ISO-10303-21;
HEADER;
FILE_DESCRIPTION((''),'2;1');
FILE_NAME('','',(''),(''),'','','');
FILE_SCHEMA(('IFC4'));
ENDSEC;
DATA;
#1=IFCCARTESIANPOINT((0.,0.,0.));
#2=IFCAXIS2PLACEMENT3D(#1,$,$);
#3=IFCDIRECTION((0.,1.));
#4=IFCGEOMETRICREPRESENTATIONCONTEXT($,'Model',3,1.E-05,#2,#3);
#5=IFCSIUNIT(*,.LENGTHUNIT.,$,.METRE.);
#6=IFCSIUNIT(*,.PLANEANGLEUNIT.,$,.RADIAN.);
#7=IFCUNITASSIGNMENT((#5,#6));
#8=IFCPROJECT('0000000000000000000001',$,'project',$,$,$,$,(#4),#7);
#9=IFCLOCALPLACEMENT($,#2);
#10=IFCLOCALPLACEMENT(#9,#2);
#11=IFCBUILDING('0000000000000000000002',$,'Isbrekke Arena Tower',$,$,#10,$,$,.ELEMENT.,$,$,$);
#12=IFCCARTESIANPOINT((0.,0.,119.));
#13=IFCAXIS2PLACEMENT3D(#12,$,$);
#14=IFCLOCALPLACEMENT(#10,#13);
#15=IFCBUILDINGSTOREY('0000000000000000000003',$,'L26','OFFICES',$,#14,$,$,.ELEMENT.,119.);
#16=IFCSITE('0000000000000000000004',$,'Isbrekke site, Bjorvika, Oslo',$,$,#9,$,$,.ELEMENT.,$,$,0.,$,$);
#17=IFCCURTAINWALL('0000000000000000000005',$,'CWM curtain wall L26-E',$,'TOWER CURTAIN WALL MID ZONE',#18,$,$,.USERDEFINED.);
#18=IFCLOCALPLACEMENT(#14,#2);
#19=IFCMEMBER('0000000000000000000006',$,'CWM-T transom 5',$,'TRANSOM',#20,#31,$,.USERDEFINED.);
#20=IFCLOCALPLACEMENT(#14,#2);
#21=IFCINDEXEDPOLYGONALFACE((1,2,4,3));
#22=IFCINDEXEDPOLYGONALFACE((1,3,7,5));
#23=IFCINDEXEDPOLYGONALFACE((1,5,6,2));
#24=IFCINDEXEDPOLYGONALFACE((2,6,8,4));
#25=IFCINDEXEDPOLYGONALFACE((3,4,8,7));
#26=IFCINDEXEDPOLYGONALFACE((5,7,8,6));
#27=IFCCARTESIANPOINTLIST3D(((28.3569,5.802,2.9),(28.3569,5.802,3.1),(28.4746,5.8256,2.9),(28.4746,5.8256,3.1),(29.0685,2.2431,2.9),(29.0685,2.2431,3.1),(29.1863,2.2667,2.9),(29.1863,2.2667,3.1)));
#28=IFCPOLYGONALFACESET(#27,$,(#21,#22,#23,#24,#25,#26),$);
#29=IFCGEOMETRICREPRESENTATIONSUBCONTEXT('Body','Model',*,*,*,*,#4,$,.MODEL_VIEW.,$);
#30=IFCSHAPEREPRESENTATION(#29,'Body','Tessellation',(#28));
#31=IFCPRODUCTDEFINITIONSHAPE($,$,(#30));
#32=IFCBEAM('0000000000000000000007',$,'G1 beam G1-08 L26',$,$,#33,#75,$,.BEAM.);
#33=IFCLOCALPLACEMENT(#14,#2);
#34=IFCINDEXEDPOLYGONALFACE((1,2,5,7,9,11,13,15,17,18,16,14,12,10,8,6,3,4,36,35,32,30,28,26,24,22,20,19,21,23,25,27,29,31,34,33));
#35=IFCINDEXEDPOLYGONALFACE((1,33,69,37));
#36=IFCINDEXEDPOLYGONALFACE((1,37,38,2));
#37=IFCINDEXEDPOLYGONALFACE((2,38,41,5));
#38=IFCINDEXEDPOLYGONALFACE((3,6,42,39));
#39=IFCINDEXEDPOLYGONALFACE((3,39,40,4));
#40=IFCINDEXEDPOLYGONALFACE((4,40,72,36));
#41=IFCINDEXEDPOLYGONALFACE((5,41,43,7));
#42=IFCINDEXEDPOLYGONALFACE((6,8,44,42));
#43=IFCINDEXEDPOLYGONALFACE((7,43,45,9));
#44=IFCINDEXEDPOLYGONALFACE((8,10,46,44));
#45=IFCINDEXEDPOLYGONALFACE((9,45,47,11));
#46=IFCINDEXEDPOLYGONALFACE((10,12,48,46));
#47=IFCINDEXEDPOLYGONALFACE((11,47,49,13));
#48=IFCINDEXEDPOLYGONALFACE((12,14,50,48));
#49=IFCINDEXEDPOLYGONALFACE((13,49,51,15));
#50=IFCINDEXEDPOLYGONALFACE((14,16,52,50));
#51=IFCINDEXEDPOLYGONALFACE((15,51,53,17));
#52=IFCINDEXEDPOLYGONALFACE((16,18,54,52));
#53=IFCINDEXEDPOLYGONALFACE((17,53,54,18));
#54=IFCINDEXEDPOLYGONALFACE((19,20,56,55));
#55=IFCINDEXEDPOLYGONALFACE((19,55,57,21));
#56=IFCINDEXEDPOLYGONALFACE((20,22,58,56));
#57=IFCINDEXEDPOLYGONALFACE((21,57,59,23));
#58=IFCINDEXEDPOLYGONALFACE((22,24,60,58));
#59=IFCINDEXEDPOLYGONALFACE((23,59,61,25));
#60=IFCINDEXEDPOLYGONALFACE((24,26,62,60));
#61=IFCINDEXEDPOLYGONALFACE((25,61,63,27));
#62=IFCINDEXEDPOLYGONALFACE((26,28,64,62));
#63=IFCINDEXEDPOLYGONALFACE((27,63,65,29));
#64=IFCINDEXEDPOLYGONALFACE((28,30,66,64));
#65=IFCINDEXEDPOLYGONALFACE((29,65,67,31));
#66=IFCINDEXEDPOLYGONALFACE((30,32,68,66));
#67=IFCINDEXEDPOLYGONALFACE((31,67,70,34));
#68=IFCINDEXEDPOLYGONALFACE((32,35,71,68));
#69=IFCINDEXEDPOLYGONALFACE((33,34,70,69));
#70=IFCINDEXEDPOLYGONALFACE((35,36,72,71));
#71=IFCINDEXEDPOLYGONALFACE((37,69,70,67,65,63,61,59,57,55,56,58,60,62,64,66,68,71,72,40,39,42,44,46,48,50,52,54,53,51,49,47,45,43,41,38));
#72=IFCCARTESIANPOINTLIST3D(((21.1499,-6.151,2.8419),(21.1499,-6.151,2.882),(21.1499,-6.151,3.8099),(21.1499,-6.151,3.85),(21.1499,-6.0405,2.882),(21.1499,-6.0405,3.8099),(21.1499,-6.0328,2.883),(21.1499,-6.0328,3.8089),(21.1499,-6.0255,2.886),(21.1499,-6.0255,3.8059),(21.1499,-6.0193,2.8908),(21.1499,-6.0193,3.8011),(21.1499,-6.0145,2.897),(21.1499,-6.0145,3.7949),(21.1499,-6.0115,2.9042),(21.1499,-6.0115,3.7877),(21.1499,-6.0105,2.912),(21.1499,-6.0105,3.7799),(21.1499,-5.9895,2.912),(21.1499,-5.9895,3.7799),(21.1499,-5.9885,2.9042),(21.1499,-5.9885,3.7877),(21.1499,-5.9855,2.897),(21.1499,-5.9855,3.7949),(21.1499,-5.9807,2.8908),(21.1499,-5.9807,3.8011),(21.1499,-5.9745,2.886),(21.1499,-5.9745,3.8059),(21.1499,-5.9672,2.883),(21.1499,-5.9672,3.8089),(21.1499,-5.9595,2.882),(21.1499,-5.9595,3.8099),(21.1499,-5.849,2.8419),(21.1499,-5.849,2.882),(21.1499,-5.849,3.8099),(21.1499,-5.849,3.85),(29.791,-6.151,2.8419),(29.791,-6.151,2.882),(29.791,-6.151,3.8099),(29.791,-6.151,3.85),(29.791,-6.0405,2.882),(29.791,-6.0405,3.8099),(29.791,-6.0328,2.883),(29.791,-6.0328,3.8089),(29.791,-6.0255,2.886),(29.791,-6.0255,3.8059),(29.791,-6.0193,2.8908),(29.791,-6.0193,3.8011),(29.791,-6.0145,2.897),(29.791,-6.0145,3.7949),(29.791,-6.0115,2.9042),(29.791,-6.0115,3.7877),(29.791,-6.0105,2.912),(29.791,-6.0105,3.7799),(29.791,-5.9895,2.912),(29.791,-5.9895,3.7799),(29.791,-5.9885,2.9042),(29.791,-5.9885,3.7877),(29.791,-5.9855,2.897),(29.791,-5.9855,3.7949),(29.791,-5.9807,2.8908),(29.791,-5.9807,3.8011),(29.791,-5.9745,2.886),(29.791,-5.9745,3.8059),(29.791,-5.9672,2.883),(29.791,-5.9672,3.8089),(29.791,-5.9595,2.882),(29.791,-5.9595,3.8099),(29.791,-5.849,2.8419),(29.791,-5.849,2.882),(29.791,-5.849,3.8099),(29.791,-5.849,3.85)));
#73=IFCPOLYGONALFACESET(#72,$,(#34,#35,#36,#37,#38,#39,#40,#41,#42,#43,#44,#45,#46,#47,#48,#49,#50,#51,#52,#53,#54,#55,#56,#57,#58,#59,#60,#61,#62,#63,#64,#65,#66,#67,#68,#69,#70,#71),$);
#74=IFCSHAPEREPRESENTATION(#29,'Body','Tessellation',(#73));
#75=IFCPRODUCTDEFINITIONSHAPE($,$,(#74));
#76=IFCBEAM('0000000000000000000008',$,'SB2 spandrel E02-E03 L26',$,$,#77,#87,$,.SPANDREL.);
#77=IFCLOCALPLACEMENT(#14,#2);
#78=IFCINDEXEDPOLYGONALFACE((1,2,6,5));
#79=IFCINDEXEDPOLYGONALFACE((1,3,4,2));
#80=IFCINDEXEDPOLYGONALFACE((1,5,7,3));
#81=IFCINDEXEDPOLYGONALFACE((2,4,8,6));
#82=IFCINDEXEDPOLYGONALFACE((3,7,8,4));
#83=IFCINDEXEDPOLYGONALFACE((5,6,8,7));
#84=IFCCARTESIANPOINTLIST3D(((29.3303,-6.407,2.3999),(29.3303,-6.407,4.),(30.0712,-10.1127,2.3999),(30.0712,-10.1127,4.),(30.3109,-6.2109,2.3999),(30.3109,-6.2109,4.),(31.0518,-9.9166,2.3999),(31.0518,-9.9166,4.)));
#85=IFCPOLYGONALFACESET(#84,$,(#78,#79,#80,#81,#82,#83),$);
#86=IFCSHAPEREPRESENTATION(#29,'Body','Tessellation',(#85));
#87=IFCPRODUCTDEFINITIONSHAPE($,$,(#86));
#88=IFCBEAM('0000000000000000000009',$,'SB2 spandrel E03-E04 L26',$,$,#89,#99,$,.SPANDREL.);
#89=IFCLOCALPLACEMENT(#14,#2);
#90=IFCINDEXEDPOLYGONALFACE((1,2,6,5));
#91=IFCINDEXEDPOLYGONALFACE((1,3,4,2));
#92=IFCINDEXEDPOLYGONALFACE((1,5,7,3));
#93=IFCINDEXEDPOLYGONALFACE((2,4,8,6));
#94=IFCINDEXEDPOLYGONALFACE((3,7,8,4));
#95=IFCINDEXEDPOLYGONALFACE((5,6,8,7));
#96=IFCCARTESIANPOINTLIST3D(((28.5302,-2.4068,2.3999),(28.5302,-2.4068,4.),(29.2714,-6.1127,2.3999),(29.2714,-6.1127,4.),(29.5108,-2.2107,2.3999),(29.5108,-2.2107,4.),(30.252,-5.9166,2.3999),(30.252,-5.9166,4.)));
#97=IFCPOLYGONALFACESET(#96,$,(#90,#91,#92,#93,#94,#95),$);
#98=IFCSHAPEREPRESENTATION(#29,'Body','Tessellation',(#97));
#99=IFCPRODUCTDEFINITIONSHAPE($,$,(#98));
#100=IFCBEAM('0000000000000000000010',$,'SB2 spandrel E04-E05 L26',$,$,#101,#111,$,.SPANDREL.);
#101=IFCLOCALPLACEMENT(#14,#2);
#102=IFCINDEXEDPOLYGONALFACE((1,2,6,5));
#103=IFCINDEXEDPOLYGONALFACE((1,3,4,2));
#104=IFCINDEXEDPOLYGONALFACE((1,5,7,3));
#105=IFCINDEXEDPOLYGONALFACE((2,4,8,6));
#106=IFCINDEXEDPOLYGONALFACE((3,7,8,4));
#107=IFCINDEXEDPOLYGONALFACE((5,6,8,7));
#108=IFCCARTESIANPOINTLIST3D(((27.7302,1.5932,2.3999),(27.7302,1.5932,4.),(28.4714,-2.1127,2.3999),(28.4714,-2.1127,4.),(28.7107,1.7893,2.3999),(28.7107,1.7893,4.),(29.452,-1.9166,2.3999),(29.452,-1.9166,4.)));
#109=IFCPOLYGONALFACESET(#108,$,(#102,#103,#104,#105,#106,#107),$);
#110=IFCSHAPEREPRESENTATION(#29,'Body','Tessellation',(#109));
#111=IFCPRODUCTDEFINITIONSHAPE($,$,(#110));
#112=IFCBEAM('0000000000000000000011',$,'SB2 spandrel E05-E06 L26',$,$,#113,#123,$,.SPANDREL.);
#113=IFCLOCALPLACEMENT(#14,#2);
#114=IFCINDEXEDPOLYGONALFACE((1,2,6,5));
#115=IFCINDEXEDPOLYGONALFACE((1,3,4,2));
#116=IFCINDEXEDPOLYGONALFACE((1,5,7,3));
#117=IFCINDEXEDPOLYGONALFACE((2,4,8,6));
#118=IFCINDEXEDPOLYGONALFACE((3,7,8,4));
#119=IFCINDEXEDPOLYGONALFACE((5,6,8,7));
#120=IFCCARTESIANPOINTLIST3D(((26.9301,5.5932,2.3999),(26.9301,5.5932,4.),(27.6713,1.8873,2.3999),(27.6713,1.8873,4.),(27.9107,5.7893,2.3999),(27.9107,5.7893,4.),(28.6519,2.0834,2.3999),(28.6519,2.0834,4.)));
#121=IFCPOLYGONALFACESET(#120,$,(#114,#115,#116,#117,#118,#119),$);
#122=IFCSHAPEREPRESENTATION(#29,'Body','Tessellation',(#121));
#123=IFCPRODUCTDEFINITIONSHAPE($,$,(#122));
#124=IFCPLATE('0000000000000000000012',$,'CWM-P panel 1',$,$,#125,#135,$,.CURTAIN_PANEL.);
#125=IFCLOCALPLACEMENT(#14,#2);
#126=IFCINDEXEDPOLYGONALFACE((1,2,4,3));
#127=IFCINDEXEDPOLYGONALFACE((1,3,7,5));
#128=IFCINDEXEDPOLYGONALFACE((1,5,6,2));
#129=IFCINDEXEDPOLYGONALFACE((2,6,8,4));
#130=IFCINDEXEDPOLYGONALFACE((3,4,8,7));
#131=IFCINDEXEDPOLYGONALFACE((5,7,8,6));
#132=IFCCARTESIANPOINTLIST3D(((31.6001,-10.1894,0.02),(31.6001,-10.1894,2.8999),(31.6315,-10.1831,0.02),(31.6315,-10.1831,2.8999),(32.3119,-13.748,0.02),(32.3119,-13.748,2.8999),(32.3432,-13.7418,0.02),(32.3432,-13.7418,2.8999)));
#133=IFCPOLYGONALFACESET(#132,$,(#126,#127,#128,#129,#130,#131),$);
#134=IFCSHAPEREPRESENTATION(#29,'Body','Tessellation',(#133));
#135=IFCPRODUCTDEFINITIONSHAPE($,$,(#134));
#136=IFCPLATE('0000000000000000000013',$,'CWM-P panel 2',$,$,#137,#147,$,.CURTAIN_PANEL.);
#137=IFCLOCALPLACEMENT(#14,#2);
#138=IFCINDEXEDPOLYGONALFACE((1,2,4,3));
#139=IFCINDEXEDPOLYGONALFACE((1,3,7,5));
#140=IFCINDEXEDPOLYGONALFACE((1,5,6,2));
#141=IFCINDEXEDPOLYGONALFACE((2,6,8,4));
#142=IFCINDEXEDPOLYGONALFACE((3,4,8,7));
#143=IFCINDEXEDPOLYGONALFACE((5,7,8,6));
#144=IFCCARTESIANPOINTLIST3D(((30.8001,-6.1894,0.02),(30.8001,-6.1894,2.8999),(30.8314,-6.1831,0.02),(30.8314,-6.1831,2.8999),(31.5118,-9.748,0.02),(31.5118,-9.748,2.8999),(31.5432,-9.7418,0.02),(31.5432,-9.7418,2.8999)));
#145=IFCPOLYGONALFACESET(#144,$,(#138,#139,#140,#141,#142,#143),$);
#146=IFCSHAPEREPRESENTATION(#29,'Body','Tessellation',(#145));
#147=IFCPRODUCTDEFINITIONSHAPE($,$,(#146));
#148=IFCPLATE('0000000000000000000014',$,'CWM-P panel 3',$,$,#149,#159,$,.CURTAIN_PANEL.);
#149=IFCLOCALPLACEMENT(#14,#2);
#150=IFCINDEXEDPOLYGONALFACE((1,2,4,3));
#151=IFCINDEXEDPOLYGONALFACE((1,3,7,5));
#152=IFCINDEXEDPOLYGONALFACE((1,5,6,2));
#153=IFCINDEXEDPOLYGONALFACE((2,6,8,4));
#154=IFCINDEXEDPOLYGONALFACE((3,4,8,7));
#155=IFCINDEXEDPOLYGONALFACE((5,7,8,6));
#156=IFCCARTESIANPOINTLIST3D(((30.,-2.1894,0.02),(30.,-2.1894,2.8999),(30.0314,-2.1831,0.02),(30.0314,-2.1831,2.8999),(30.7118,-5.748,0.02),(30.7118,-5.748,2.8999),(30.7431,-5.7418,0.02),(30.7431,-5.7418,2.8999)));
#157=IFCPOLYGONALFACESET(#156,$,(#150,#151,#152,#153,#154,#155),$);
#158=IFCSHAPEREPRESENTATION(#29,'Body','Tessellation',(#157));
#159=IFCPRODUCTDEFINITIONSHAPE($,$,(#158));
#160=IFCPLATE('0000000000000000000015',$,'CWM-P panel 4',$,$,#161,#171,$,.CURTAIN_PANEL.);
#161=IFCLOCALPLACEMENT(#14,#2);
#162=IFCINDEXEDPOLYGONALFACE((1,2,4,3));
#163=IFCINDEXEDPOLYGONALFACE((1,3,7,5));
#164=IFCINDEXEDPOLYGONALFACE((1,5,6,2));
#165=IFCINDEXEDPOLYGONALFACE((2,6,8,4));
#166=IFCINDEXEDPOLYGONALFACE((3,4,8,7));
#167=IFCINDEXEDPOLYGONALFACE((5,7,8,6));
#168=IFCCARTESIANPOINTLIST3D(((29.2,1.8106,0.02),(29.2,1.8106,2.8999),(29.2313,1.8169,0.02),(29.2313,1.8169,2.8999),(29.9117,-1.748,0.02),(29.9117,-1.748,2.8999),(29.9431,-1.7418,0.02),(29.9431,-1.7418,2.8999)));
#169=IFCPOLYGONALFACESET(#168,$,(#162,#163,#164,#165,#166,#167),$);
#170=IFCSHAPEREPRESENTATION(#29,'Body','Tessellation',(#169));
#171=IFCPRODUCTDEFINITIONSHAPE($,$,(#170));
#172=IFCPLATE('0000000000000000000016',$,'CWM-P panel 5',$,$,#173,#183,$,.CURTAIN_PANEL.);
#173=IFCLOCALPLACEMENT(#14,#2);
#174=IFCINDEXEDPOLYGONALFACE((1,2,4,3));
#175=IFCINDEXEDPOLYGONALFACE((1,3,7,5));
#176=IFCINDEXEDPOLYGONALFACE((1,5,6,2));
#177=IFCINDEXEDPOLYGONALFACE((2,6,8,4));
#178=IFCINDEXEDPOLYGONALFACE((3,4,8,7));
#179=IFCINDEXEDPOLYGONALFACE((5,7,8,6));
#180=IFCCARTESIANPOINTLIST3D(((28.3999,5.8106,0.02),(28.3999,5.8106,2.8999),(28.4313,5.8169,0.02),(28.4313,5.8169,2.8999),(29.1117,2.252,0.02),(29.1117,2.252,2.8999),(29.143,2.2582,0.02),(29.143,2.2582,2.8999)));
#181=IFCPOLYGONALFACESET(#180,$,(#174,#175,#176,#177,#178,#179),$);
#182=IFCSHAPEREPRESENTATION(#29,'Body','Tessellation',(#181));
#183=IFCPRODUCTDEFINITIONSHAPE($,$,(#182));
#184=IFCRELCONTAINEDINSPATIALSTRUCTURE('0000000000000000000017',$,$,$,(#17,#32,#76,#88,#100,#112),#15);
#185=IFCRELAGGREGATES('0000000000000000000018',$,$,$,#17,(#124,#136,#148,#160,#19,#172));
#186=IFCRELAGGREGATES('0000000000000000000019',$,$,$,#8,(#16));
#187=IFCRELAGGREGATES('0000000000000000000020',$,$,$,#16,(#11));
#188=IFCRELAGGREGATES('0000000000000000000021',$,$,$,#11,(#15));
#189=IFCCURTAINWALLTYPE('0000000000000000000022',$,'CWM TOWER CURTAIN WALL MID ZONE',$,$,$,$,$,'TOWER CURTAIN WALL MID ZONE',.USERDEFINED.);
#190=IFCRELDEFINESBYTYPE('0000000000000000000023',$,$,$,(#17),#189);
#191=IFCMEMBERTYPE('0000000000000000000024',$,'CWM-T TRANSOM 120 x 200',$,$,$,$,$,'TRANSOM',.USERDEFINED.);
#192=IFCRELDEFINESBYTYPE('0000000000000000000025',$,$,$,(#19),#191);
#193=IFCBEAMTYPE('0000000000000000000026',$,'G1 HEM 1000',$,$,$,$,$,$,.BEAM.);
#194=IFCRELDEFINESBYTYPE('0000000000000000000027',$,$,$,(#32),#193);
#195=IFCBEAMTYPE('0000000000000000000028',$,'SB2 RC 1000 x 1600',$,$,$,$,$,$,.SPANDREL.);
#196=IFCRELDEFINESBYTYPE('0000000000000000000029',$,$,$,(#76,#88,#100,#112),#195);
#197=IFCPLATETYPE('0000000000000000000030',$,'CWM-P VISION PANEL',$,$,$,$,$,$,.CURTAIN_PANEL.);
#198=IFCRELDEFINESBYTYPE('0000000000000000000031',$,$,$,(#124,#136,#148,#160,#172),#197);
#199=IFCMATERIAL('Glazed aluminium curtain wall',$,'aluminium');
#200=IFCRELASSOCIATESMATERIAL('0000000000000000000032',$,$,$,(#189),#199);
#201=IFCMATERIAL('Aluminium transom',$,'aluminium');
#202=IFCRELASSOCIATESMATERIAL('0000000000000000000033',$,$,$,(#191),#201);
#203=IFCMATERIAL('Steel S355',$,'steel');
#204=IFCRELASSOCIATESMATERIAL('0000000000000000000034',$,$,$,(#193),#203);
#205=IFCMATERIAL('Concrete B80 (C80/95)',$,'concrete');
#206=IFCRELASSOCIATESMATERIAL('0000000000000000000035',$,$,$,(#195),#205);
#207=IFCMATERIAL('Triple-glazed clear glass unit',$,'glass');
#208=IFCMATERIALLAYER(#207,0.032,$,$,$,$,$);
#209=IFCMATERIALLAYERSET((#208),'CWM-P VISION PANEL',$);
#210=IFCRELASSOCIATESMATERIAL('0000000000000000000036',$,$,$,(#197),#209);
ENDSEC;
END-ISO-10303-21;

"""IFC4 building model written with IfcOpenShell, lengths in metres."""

from ifc_helpers import new_model, si_unit, direction, frame, origin, origin_2d, place, context, subcontext, project, spatial, rectangle, i_section, extrude, material, layer, layer_set, material_profile, profile_set, type_object, element, aggregate, save


model = new_model("IFC4")

# Units and contexts
model_context = context("Model", 3, precision=1e-05, world=origin(), true_north=direction((0.0, 1.0)))
body_context = subcontext(model_context, "Body", "Model", "MODEL_VIEW")
ifc_project = project(units=[si_unit("LENGTHUNIT", "METRE"), si_unit("PLANEANGLEUNIT", "RADIAN")], contexts=[model_context])

# Site, building, storey
site_placement = place(None, origin())
site = spatial("IfcSite", under=ifc_project, at=site_placement, Name="Isbrekke site, Bjorvika, Oslo", CompositionType="ELEMENT", RefElevation=0.0)
building_placement = place(site_placement, origin())
building = spatial("IfcBuilding", under=site, at=building_placement, Name="Isbrekke Arena Tower", CompositionType="ELEMENT")
storey_placement = place(building_placement, frame((0.0, 0.0, 119.0)))
storey = spatial("IfcBuildingStorey", under=building, at=storey_placement, Name="L26", Description="OFFICES", CompositionType="ELEMENT", Elevation=119.0)

# Curtain wall, member
ifc_material_1 = material(Name="Glazed aluminium curtain wall", Category="aluminium")
curtain_wall_type = type_object("IfcCurtainWallType", Name="CWM TOWER CURTAIN WALL MID ZONE", ElementType="TOWER CURTAIN WALL MID ZONE", PredefinedType="USERDEFINED", material=ifc_material_1)
curtain_wall_placement = place(storey_placement, origin())
curtain_wall = element("IfcCurtainWall", 1, at=curtain_wall_placement, inside=storey, type_object=curtain_wall_type, Name="CWM curtain wall L26-E", ObjectType="TOWER CURTAIN WALL MID ZONE", PredefinedType="USERDEFINED")
ifc_material_2 = material(Name="Aluminium transom", Category="aluminium")
ifc_material_profile_1 = material_profile(ifc_material_2, rectangle(XDim=0.1201, YDim=0.2, at=origin_2d()), Name="TRANSOM 120X200")
ifc_profile_set_1 = profile_set([ifc_material_profile_1], Name="Aluminium transom")
member_type_1 = type_object("IfcMemberType", Name="CWM-T TRANSOM 120 x 200", ElementType="TRANSOM", PredefinedType="USERDEFINED", material=ifc_profile_set_1)
member_1_placement = place(storey_placement, frame((29.1274, 2.2549, 3.0), z_axis=(-0.19609, 0.980586, 0.0), x_axis=(-0.980586, -0.19609, 0.0)))
member_1 = element("IfcMember", 2, at=member_1_placement, type_object=member_type_1, Name="CWM-T transom 5", ObjectType="TRANSOM", PredefinedType="USERDEFINED", context=body_context, shape_type="SweptSolid", body=[
    extrude(rectangle(XDim=0.1201, YDim=0.2, at=origin_2d()), origin(), (0.0, 0.0, 1.0), 3.6294),
])

# Beams
ifc_material_3 = material(Name="Steel S355", Category="steel")
ifc_material_profile_2 = material_profile(ifc_material_3, i_section(OverallWidth=0.302, OverallDepth=1.0081, WebThickness=0.021, FlangeThickness=0.04, FilletRadius=0.03, at=origin_2d()), Name="HEM 1000")
ifc_profile_set_2 = profile_set([ifc_material_profile_2], Name="Steel S355")
beam_type_1 = type_object("IfcBeamType", Name="G1 HEM 1000", PredefinedType="BEAM", material=ifc_profile_set_2)
beam_1_placement = place(storey_placement, frame((21.1499, -6.0, 3.3459), z_axis=(1.0, 0.0, 0.0), x_axis=(0.0, 1.0, 0.0)))
element("IfcBeam", 3, at=beam_1_placement, inside=storey, type_object=beam_type_1, Name="G1 beam G1-08 L26", PredefinedType="BEAM", context=body_context, shape_type="SweptSolid", body=[
    extrude(i_section(OverallWidth=0.302, OverallDepth=1.0081, WebThickness=0.021, FlangeThickness=0.04, FilletRadius=0.03, at=origin_2d()), origin(), (0.0, 0.0, 1.0), 8.6411),
])
ifc_material_4 = material(Name="Concrete B80 (C80/95)", Category="concrete")
ifc_material_profile_3 = material_profile(ifc_material_4, rectangle(XDim=1.0, YDim=1.6001, at=origin_2d()), Name="RC 1000x1600")
ifc_profile_set_3 = profile_set([ifc_material_profile_3], Name="Concrete B80 (C80/95)")
beam_type_2 = type_object("IfcBeamType", Name="SB2 RC 1000 x 1600", PredefinedType="SPANDREL", material=ifc_profile_set_3)
beam_2_placement = place(storey_placement, frame((30.5615, -10.0146, 3.2), z_axis=(-0.196066, 0.980591, 0.0), x_axis=(-0.980591, -0.196066, 0.0)))
element("IfcBeam", 4, at=beam_2_placement, inside=storey, type_object=beam_type_2, Name="SB2 spandrel E02-E03 L26", PredefinedType="SPANDREL", context=body_context, shape_type="SweptSolid", body=[
    extrude(rectangle(XDim=1.0, YDim=1.6001, at=origin_2d()), origin(), (0.0, 0.0, 1.0), 3.7791),
])
for number, where, z_axis, x_axis, name in (
    (5, (29.7617, -6.0146, 3.2), (-0.196129, 0.980578, 0.0), (-0.980578, -0.196129, 0.0), "SB2 spandrel E03-E04 L26"),
    (6, (28.9617, -2.0146, 3.2), (-0.196129, 0.980578, 0.0), (-0.980578, -0.196129, 0.0), "SB2 spandrel E04-E05 L26"),
    (7, (28.1616, 1.9854, 3.2), (-0.196129, 0.980578, 0.0), (-0.980578, -0.196129, 0.0), "SB2 spandrel E05-E06 L26"),
):
    element("IfcBeam", number, at=place(storey_placement, frame(where, z_axis=z_axis, x_axis=x_axis)), inside=storey, type_object=beam_type_2, Name=name, PredefinedType="SPANDREL", context=body_context, shape_type="SweptSolid", body=[
        extrude(rectangle(XDim=1.0, YDim=1.6001, at=origin_2d()), origin(), (0.0, 0.0, 1.0), 3.7793),
    ])

# Plates
ifc_material_5 = material(Name="Triple-glazed clear glass unit", Category="glass")
ifc_layer_1 = layer(ifc_material_5, 0.032)
ifc_layer_set_1 = layer_set([ifc_layer_1], Name="CWM-P VISION PANEL")
plate_type = type_object("IfcPlateType", Name="CWM-P VISION PANEL", PredefinedType="CURTAIN_PANEL", material=ifc_layer_set_1)
plate_1_placement = place(storey_placement, frame((31.9717, -11.9656, 0.02), z_axis=(0.0, 0.0, 1.0), x_axis=(-0.196116, 0.980581, 0.0)))
plate_1 = element("IfcPlate", 8, at=plate_1_placement, type_object=plate_type, Name="CWM-P panel 1", PredefinedType="CURTAIN_PANEL", context=body_context, shape_type="SweptSolid", body=[
    extrude(rectangle(XDim=3.6292, YDim=0.032, at=origin_2d()), origin(), (0.0, 0.0, 1.0), 2.8799),
])
plate_2_placement = place(storey_placement, frame((31.1716, -7.9656, 0.02), z_axis=(0.0, 0.0, 1.0), x_axis=(-0.196116, 0.980581, 0.0)))
plate_2 = element("IfcPlate", 9, at=plate_2_placement, type_object=plate_type, Name="CWM-P panel 2", PredefinedType="CURTAIN_PANEL", context=body_context, shape_type="SweptSolid", body=[
    extrude(rectangle(XDim=3.6292, YDim=0.032, at=origin_2d()), origin(), (0.0, 0.0, 1.0), 2.8799),
])
plate_3_placement = place(storey_placement, frame((30.3716, -3.9656, 0.02), z_axis=(0.0, 0.0, 1.0), x_axis=(-0.196116, 0.980581, 0.0)))
plate_3 = element("IfcPlate", 10, at=plate_3_placement, type_object=plate_type, Name="CWM-P panel 3", PredefinedType="CURTAIN_PANEL", context=body_context, shape_type="SweptSolid", body=[
    extrude(rectangle(XDim=3.6292, YDim=0.032, at=origin_2d()), origin(), (0.0, 0.0, 1.0), 2.8799),
])
plate_4_placement = place(storey_placement, frame((29.5715, 0.0344, 0.02), z_axis=(0.0, 0.0, 1.0), x_axis=(-0.196116, 0.980581, 0.0)))
plate_4 = element("IfcPlate", 11, at=plate_4_placement, type_object=plate_type, Name="CWM-P panel 4", PredefinedType="CURTAIN_PANEL", context=body_context, shape_type="SweptSolid", body=[
    extrude(rectangle(XDim=3.6292, YDim=0.032, at=origin_2d()), origin(), (0.0, 0.0, 1.0), 2.8799),
])
plate_5_placement = place(storey_placement, frame((28.7715, 4.0344, 0.02), z_axis=(0.0, 0.0, 1.0), x_axis=(-0.196116, 0.980581, 0.0)))
plate_5 = element("IfcPlate", 12, at=plate_5_placement, type_object=plate_type, Name="CWM-P panel 5", PredefinedType="CURTAIN_PANEL", context=body_context, shape_type="SweptSolid", body=[
    extrude(rectangle(XDim=3.6292, YDim=0.032, at=origin_2d()), origin(), (0.0, 0.0, 1.0), 2.8799),
])
aggregate(curtain_wall, [plate_1, plate_2, plate_3, plate_4, member_1, plate_5])

save(model, "model.ifc")
